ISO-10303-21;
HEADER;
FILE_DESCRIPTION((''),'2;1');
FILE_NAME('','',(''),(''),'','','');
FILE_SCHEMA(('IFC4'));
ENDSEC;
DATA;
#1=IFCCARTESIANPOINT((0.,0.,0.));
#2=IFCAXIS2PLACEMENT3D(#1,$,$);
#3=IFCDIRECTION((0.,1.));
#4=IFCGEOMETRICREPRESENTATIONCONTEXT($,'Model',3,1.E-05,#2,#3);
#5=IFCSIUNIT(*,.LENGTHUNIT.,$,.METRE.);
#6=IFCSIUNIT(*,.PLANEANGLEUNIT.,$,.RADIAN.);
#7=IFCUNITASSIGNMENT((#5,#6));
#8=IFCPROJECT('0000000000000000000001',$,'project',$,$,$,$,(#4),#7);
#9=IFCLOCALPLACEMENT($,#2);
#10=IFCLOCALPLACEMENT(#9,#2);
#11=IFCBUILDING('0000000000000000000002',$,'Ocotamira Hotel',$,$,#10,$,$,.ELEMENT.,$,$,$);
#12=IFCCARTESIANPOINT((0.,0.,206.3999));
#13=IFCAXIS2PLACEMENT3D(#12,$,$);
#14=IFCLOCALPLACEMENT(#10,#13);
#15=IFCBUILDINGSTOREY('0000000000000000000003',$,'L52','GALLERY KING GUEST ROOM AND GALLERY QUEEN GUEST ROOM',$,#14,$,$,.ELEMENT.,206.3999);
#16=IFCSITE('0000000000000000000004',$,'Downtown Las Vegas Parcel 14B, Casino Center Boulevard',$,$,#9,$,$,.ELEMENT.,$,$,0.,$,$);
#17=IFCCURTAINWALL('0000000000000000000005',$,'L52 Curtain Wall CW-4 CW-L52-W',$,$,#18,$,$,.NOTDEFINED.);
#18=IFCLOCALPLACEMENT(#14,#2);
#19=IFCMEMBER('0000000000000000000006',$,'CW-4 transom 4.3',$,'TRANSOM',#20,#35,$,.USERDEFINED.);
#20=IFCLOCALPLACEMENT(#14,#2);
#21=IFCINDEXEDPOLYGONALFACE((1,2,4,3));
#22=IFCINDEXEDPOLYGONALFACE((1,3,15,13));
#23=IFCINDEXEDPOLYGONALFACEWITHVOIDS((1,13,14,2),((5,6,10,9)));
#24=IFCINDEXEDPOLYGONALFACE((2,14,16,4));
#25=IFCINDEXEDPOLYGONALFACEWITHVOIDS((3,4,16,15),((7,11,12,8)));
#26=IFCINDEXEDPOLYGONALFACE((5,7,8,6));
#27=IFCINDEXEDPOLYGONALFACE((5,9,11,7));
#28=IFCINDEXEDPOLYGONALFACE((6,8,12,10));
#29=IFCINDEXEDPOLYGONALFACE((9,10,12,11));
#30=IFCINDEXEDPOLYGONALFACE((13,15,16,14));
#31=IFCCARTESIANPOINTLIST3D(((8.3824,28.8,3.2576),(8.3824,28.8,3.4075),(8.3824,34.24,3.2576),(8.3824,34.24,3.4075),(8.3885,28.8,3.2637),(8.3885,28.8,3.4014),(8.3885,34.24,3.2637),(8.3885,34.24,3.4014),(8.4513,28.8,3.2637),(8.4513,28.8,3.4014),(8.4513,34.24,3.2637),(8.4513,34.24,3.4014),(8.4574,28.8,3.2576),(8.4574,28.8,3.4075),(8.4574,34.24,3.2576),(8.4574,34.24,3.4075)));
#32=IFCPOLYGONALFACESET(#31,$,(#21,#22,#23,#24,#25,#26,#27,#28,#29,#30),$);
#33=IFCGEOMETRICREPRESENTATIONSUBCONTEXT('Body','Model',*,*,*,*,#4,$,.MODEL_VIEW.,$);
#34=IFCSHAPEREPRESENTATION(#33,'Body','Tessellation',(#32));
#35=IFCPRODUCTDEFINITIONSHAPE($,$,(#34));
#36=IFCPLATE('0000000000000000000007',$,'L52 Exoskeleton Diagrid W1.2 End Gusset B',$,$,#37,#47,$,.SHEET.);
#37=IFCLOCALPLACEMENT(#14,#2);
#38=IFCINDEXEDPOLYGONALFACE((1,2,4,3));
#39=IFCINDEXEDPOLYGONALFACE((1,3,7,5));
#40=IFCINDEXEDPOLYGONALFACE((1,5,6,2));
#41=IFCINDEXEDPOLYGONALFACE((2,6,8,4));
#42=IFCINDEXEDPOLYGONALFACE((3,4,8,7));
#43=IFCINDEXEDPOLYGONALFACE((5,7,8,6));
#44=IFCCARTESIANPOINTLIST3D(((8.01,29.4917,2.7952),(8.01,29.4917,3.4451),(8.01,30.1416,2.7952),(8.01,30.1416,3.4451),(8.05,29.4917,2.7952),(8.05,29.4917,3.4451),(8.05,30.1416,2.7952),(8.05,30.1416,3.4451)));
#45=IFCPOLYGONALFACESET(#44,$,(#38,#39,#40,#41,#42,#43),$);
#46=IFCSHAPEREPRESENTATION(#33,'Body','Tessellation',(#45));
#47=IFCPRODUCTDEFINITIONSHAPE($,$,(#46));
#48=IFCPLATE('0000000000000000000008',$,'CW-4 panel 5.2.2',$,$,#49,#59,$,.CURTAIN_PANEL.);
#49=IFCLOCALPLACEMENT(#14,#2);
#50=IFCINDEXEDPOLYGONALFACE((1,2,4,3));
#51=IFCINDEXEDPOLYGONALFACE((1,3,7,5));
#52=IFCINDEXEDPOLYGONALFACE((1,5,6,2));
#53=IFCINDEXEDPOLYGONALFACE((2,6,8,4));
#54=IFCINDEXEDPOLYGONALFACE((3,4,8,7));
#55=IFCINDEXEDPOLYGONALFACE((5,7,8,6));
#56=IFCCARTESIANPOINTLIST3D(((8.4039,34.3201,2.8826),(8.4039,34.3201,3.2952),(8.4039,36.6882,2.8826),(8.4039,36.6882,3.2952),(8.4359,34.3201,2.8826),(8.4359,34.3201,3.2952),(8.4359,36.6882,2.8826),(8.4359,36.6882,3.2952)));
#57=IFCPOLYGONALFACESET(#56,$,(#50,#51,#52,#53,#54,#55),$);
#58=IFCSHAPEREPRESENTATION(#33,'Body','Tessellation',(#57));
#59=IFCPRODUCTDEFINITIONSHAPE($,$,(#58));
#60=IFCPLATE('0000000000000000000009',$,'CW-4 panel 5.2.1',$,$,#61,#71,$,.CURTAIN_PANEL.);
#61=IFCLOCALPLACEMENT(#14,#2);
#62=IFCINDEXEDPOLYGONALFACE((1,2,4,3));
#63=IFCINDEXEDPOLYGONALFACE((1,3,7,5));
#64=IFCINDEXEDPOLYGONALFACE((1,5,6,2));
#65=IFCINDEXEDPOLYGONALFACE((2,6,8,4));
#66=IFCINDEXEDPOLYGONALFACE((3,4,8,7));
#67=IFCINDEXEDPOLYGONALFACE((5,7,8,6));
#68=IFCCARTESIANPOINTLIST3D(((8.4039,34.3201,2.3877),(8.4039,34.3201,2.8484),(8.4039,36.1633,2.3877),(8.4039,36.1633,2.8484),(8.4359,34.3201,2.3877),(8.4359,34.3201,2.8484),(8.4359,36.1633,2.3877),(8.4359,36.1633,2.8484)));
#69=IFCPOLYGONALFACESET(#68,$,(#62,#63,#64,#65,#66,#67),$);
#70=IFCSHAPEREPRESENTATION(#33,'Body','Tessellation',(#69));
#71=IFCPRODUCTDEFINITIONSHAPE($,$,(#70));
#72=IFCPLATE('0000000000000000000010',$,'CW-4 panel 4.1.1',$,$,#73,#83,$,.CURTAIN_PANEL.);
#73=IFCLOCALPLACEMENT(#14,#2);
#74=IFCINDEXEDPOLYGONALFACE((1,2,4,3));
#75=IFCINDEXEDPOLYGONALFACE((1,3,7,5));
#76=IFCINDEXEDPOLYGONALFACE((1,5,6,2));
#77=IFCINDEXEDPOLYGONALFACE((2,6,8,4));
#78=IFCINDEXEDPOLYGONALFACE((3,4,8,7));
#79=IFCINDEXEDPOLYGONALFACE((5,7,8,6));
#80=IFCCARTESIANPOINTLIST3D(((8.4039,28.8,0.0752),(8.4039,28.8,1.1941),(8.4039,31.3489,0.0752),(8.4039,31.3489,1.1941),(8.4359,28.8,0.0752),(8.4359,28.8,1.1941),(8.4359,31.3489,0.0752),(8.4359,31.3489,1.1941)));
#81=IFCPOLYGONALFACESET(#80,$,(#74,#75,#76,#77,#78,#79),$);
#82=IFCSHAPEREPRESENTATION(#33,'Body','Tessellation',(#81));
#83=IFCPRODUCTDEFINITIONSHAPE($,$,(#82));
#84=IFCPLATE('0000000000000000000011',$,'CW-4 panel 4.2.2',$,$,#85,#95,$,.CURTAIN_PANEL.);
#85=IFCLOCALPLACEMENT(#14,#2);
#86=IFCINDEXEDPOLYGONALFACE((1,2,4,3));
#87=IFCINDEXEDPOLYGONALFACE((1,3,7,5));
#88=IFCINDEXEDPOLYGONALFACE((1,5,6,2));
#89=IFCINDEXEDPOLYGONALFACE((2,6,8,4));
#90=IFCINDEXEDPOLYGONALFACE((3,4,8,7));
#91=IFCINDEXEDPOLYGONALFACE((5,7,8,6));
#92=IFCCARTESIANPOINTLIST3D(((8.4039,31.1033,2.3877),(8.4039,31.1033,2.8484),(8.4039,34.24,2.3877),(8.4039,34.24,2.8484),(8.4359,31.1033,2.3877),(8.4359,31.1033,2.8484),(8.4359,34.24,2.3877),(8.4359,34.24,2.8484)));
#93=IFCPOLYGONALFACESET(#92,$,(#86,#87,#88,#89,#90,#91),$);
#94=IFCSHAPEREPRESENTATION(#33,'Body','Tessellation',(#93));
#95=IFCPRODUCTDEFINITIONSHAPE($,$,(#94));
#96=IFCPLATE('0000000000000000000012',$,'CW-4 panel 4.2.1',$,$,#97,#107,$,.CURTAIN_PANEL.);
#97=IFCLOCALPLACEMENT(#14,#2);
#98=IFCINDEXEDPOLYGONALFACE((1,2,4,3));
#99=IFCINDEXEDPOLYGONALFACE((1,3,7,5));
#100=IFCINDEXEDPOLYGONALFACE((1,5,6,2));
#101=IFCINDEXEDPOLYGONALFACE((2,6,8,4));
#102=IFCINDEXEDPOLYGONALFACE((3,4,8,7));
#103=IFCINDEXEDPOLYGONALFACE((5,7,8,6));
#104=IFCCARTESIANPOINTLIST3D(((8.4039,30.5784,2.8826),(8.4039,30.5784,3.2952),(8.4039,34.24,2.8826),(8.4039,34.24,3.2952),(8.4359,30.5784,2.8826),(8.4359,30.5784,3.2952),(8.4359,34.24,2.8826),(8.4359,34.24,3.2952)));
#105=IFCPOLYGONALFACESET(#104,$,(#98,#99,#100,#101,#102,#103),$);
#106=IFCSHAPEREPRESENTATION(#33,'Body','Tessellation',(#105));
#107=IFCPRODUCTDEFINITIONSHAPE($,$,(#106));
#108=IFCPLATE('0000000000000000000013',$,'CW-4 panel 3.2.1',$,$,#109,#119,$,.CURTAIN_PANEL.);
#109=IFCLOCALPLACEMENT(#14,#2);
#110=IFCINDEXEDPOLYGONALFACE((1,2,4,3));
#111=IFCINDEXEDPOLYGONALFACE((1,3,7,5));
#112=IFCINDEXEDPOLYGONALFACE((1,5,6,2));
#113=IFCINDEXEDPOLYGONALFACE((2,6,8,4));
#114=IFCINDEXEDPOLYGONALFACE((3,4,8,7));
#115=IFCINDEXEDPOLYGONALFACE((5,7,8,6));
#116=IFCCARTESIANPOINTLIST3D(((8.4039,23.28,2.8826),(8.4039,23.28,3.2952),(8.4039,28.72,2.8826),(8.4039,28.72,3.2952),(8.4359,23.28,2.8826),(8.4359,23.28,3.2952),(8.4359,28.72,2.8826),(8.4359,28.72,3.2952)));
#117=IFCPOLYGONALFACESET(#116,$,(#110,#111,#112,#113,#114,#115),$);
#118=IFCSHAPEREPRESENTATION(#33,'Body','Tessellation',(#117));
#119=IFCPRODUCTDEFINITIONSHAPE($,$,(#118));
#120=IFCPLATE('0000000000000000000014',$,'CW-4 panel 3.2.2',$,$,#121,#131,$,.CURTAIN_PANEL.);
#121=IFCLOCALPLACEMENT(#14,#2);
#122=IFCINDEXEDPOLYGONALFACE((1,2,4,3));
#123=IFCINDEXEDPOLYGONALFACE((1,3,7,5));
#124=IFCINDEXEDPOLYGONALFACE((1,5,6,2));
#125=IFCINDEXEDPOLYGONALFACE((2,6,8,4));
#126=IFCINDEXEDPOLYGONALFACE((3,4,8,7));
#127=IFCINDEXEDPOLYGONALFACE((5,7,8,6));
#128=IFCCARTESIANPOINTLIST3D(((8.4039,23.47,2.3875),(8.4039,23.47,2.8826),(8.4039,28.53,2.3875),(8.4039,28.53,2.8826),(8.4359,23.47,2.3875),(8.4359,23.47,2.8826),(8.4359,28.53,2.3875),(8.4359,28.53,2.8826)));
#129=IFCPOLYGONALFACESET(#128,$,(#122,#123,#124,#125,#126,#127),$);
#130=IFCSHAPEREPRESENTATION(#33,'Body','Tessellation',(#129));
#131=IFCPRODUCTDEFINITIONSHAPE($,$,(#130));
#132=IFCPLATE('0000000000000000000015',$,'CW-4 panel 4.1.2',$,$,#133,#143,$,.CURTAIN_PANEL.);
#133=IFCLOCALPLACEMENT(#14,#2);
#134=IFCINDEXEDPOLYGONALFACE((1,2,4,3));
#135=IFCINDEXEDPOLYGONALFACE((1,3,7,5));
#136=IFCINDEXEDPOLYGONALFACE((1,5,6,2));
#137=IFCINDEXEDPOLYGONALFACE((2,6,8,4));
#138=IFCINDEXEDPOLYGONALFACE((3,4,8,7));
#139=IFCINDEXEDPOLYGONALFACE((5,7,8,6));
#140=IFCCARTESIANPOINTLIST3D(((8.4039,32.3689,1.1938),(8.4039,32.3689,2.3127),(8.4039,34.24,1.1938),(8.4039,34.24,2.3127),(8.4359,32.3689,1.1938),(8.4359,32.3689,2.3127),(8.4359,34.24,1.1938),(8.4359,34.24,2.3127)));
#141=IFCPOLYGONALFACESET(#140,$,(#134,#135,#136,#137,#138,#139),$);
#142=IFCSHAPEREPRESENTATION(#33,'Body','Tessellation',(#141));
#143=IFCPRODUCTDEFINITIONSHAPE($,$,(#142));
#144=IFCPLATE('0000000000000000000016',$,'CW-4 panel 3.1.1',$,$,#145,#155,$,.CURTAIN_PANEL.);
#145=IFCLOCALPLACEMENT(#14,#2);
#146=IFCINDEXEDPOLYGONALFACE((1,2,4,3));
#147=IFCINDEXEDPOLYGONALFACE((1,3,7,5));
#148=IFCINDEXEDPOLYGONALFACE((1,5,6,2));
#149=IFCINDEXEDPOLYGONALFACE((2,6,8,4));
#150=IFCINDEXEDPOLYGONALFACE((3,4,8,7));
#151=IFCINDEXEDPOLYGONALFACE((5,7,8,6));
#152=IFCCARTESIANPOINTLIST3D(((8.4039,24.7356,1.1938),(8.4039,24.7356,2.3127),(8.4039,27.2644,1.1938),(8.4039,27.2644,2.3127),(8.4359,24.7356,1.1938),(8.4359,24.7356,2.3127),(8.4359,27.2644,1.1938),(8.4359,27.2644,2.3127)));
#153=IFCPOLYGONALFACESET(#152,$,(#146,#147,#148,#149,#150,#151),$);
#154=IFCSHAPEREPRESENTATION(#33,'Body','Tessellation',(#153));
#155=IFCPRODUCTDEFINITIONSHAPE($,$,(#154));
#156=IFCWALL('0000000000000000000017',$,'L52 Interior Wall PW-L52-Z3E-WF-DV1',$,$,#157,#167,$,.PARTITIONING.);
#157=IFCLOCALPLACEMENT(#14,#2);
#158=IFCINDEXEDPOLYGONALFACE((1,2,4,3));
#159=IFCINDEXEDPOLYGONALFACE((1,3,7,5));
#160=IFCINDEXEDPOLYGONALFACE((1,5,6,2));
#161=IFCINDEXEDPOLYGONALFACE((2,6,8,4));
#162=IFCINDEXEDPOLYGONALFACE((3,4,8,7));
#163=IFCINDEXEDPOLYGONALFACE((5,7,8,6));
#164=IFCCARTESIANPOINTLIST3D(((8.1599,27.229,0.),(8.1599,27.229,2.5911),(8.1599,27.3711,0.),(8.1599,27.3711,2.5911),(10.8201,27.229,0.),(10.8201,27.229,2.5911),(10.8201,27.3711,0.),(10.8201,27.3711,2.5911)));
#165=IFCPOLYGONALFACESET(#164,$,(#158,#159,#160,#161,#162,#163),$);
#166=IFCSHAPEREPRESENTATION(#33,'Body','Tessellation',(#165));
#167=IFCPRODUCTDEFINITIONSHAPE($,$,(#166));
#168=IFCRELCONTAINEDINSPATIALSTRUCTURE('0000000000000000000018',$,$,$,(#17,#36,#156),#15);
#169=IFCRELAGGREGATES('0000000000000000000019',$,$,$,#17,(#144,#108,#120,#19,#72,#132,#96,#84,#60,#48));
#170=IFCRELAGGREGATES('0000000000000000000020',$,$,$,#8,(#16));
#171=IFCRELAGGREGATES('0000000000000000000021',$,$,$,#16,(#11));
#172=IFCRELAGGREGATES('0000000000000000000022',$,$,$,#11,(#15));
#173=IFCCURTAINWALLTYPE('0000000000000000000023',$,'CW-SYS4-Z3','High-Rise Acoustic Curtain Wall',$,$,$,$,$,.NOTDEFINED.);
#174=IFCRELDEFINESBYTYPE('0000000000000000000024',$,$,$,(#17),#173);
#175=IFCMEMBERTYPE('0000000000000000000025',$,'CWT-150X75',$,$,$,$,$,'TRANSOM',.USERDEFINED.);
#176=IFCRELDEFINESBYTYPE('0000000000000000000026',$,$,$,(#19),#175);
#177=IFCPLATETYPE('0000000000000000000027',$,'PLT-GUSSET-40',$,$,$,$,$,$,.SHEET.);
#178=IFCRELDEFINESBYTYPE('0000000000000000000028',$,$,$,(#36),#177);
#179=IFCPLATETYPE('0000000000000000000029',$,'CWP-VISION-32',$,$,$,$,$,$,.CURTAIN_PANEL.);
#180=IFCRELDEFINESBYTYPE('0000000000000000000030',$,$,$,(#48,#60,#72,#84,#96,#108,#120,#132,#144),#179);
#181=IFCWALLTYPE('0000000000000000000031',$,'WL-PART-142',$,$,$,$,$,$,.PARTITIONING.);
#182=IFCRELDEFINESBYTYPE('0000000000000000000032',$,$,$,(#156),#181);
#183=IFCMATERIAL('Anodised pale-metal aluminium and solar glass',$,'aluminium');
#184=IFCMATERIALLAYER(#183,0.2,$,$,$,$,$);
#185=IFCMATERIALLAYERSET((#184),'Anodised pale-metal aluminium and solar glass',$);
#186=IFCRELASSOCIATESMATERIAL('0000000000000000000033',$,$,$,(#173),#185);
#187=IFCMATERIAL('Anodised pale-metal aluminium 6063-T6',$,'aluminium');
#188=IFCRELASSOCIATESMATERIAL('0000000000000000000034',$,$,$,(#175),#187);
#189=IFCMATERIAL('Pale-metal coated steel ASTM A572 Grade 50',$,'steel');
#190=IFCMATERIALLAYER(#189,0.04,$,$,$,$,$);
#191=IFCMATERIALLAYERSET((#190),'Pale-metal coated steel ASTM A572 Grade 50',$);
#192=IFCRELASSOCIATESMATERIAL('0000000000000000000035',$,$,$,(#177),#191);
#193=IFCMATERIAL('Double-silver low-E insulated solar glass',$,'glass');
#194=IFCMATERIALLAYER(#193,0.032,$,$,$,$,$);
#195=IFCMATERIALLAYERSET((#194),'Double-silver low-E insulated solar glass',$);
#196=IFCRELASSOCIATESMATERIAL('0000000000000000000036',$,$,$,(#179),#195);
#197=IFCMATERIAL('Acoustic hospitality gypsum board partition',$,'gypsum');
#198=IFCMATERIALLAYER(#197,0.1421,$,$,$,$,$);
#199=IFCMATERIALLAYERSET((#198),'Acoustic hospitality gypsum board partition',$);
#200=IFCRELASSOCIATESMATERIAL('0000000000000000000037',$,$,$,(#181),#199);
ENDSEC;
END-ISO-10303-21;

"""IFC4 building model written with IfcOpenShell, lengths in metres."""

from ifc_helpers import new_model, si_unit, direction, frame, frame_2d, origin, origin_2d, place, context, subcontext, project, spatial, rectangle, hollow_rectangle, extrude, source, transform, mapped, material, layer, layer_set, material_profile, profile_set, type_object, element, aggregate, save


model = new_model("IFC4")

# Units and contexts
model_context = context("Model", 3, precision=1e-05, world=origin(), true_north=direction((0.0, 1.0)))
body_context = subcontext(model_context, "Body", "Model", "MODEL_VIEW")
ifc_project = project(units=[si_unit("LENGTHUNIT", "METRE"), si_unit("PLANEANGLEUNIT", "RADIAN")], contexts=[model_context])

# Site, building, storey
site_placement = place(None, origin())
site = spatial("IfcSite", under=ifc_project, at=site_placement, Name="Downtown Las Vegas Parcel 14B, Casino Center Boulevard", CompositionType="ELEMENT", RefElevation=0.0)
building_placement = place(site_placement, origin())
building = spatial("IfcBuilding", under=site, at=building_placement, Name="Ocotamira Hotel", CompositionType="ELEMENT")
storey_placement = place(building_placement, frame((0.0, 0.0, 206.3999)))
storey = spatial("IfcBuildingStorey", under=building, at=storey_placement, Name="L52", Description="GALLERY KING GUEST ROOM AND GALLERY QUEEN GUEST ROOM", CompositionType="ELEMENT", Elevation=206.3999)

# Curtain wall, member
ifc_material_1 = material(Name="Anodised pale-metal aluminium and solar glass", Category="aluminium")
ifc_layer_1 = layer(ifc_material_1, 0.2)
ifc_layer_set_1 = layer_set([ifc_layer_1], Name="Anodised pale-metal aluminium and solar glass")
curtain_wall_type = type_object("IfcCurtainWallType", Name="CW-SYS4-Z3", Description="High-Rise Acoustic Curtain Wall", PredefinedType="NOTDEFINED", material=ifc_layer_set_1)
curtain_wall_placement = place(storey_placement, origin())
curtain_wall = element("IfcCurtainWall", 1, at=curtain_wall_placement, inside=storey, type_object=curtain_wall_type, Name="L52 Curtain Wall CW-4 CW-L52-W", PredefinedType="NOTDEFINED")
ifc_material_2 = material(Name="Anodised pale-metal aluminium 6063-T6", Category="aluminium")
ifc_material_profile_1 = material_profile(ifc_material_2, hollow_rectangle(XDim=0.075, YDim=0.1499, WallThickness=0.0061, at=origin_2d()), Name="HSS150X75X6")
ifc_profile_set_1 = profile_set([ifc_material_profile_1], Name="Anodised pale-metal aluminium 6063-T6")
member_type_1 = type_object("IfcMemberType", Name="CWT-150X75", ElementType="TRANSOM", PredefinedType="USERDEFINED", material=ifc_profile_set_1)
shared_shape_1 = source(origin(), body_context, "Body", "SweptSolid", [
    extrude(hollow_rectangle(XDim=0.075, YDim=0.1499, WallThickness=0.0061, at=origin_2d()), origin(), (0.0, 0.0, 1.0), 5.4399),
])
member_1_placement = place(storey_placement, frame((8.4199, 28.8, 3.3325), z_axis=(0.0, 1.0, 0.0), x_axis=(-1.0, 0.0, 0.0)))
member_1 = element("IfcMember", 2, at=member_1_placement, type_object=member_type_1, Name="CW-4 transom 4.3", ObjectType="TRANSOM", PredefinedType="USERDEFINED", context=body_context, shape_type="MappedRepresentation", body=[
    mapped(shared_shape_1, transform((0.0, 0.0, 0.0), scale=1.0)),
])

# Plates
ifc_material_3 = material(Name="Pale-metal coated steel ASTM A572 Grade 50", Category="steel")
ifc_layer_2 = layer(ifc_material_3, 0.04)
ifc_layer_set_2 = layer_set([ifc_layer_2], Name="Pale-metal coated steel ASTM A572 Grade 50")
plate_type_1 = type_object("IfcPlateType", Name="PLT-GUSSET-40", PredefinedType="SHEET", material=ifc_layer_set_2)
shared_shape_2 = source(origin(), body_context, "Body", "SweptSolid", [
    extrude(rectangle(XDim=0.04, YDim=0.6499, at=origin_2d()), origin(), (0.0, 0.0, 1.0), 0.6499),
])
plate_1_placement = place(storey_placement, frame((8.03, 29.8167, 2.7952), z_axis=(0.0, 0.0, 1.0), x_axis=(1.0, 0.0, 0.0)))
element("IfcPlate", 3, at=plate_1_placement, inside=storey, type_object=plate_type_1, Name="L52 Exoskeleton Diagrid W1.2 End Gusset B", PredefinedType="SHEET", context=body_context, shape_type="MappedRepresentation", body=[
    mapped(shared_shape_2, transform((0.0, 0.0, 0.0), scale=1.0)),
])
ifc_material_4 = material(Name="Double-silver low-E insulated solar glass", Category="glass")
ifc_layer_3 = layer(ifc_material_4, 0.032)
ifc_layer_set_3 = layer_set([ifc_layer_3], Name="Double-silver low-E insulated solar glass")
plate_type_2 = type_object("IfcPlateType", Name="CWP-VISION-32", PredefinedType="CURTAIN_PANEL", material=ifc_layer_set_3)
shared_shape_3 = source(origin(), body_context, "Body", "SweptSolid", [
    extrude(rectangle(XDim=2.3682, YDim=0.032, at=origin_2d()), origin(), (0.0, 0.0, 1.0), 0.4126),
])
plate_2_placement = place(storey_placement, frame((8.4199, 35.5042, 2.8826), z_axis=(0.0, 0.0, 1.0), x_axis=(0.0, 1.0, 0.0)))
plate_2 = element("IfcPlate", 4, at=plate_2_placement, type_object=plate_type_2, Name="CW-4 panel 5.2.2", PredefinedType="CURTAIN_PANEL", context=body_context, shape_type="MappedRepresentation", body=[
    mapped(shared_shape_3, transform((0.0, 0.0, 0.0), scale=1.0)),
])
shared_shape_4 = source(origin(), body_context, "Body", "SweptSolid", [
    extrude(rectangle(XDim=1.8433, YDim=0.032, at=origin_2d()), origin(), (0.0, 0.0, 1.0), 0.4607),
])
plate_3_placement = place(storey_placement, frame((8.4199, 35.2417, 2.3877), z_axis=(0.0, 0.0, 1.0), x_axis=(0.0, 1.0, 0.0)))
plate_3 = element("IfcPlate", 5, at=plate_3_placement, type_object=plate_type_2, Name="CW-4 panel 5.2.1", PredefinedType="CURTAIN_PANEL", context=body_context, shape_type="MappedRepresentation", body=[
    mapped(shared_shape_4, transform((0.0, 0.0, 0.0), scale=1.0)),
])
shared_shape_5 = source(origin(), body_context, "Body", "SweptSolid", [
    extrude(rectangle(XDim=2.5488, YDim=0.032, at=origin_2d()), origin(), (0.0, 0.0, 1.0), 1.1189),
])
plate_4_placement = place(storey_placement, frame((8.4199, 30.0745, 0.0752), z_axis=(0.0, 0.0, 1.0), x_axis=(0.0, 1.0, 0.0)))
plate_4 = element("IfcPlate", 6, at=plate_4_placement, type_object=plate_type_2, Name="CW-4 panel 4.1.1", PredefinedType="CURTAIN_PANEL", context=body_context, shape_type="MappedRepresentation", body=[
    mapped(shared_shape_5, transform((0.0, 0.0, 0.0), scale=1.0)),
])
shared_shape_6 = source(origin(), body_context, "Body", "SweptSolid", [
    extrude(rectangle(XDim=3.1367, YDim=0.032, at=origin_2d()), origin(), (0.0, 0.0, 1.0), 0.4607),
])
plate_5_placement = place(storey_placement, frame((8.4199, 32.6716, 2.3877), z_axis=(0.0, 0.0, 1.0), x_axis=(0.0, 1.0, 0.0)))
plate_5 = element("IfcPlate", 7, at=plate_5_placement, type_object=plate_type_2, Name="CW-4 panel 4.2.2", PredefinedType="CURTAIN_PANEL", context=body_context, shape_type="MappedRepresentation", body=[
    mapped(shared_shape_6, transform((0.0, 0.0, 0.0), scale=1.0)),
])
shared_shape_7 = source(origin(), body_context, "Body", "SweptSolid", [
    extrude(rectangle(XDim=3.6616, YDim=0.032, at=origin_2d()), origin(), (0.0, 0.0, 1.0), 0.4126),
])
plate_6_placement = place(storey_placement, frame((8.4199, 32.4092, 2.8826), z_axis=(0.0, 0.0, 1.0), x_axis=(0.0, 1.0, 0.0)))
plate_6 = element("IfcPlate", 8, at=plate_6_placement, type_object=plate_type_2, Name="CW-4 panel 4.2.1", PredefinedType="CURTAIN_PANEL", context=body_context, shape_type="MappedRepresentation", body=[
    mapped(shared_shape_7, transform((0.0, 0.0, 0.0), scale=1.0)),
])
shared_shape_8 = source(origin(), body_context, "Body", "SweptSolid", [
    extrude(rectangle(XDim=5.4399, YDim=0.032, at=origin_2d()), origin(), (0.0, 0.0, 1.0), 0.4126),
])
plate_7_placement = place(storey_placement, frame((8.4199, 26.0, 2.8826), z_axis=(0.0, 0.0, 1.0), x_axis=(0.0, 1.0, 0.0)))
plate_7 = element("IfcPlate", 9, at=plate_7_placement, type_object=plate_type_2, Name="CW-4 panel 3.2.1", PredefinedType="CURTAIN_PANEL", context=body_context, shape_type="MappedRepresentation", body=[
    mapped(shared_shape_8, transform((0.0, 0.0, 0.0), scale=1.0)),
])
shared_shape_9 = source(origin(), body_context, "Body", "SweptSolid", [
    extrude(rectangle(XDim=5.0601, YDim=0.032, at=origin_2d()), origin(), (0.0, 0.0, 1.0), 0.4951),
])
plate_8_placement = place(storey_placement, frame((8.4199, 26.0, 2.3875), z_axis=(0.0, 0.0, 1.0), x_axis=(0.0, 1.0, 0.0)))
plate_8 = element("IfcPlate", 10, at=plate_8_placement, type_object=plate_type_2, Name="CW-4 panel 3.2.2", PredefinedType="CURTAIN_PANEL", context=body_context, shape_type="MappedRepresentation", body=[
    mapped(shared_shape_9, transform((0.0, 0.0, 0.0), scale=1.0)),
])
shared_shape_10 = source(origin(), body_context, "Body", "SweptSolid", [
    extrude(rectangle(XDim=1.8711, YDim=0.032, at=origin_2d()), origin(), (0.0, 0.0, 1.0), 1.1189),
])
plate_9_placement = place(storey_placement, frame((8.4199, 33.3044, 1.1938), z_axis=(0.0, 0.0, 1.0), x_axis=(0.0, 1.0, 0.0)))
plate_9 = element("IfcPlate", 11, at=plate_9_placement, type_object=plate_type_2, Name="CW-4 panel 4.1.2", PredefinedType="CURTAIN_PANEL", context=body_context, shape_type="MappedRepresentation", body=[
    mapped(shared_shape_10, transform((0.0, 0.0, 0.0), scale=1.0)),
])
shared_shape_11 = source(origin(), body_context, "Body", "SweptSolid", [
    extrude(rectangle(XDim=2.5288, YDim=0.032, at=origin_2d()), origin(), (0.0, 0.0, 1.0), 1.1189),
])
plate_10_placement = place(storey_placement, frame((8.4199, 26.0, 1.1938), z_axis=(0.0, 0.0, 1.0), x_axis=(0.0, 1.0, 0.0)))
plate_10 = element("IfcPlate", 12, at=plate_10_placement, type_object=plate_type_2, Name="CW-4 panel 3.1.1", PredefinedType="CURTAIN_PANEL", context=body_context, shape_type="MappedRepresentation", body=[
    mapped(shared_shape_11, transform((0.0, 0.0, 0.0), scale=1.0)),
])
aggregate(curtain_wall, [plate_10, plate_7, plate_8, member_1, plate_4, plate_9, plate_6, plate_5, plate_3, plate_2])

# Wall
ifc_material_5 = material(Name="Acoustic hospitality gypsum board partition", Category="gypsum")
ifc_layer_4 = layer(ifc_material_5, 0.1421)
ifc_layer_set_4 = layer_set([ifc_layer_4], Name="Acoustic hospitality gypsum board partition")
wall_type_1 = type_object("IfcWallType", Name="WL-PART-142", PredefinedType="PARTITIONING", material=ifc_layer_set_4)
wall_1_placement = place(storey_placement, frame((8.1599, 27.3, 0.0), z_axis=(0.0, 0.0, 1.0), x_axis=(1.0, 0.0, 0.0)))
element("IfcWall", 13, at=wall_1_placement, inside=storey, type_object=wall_type_1, Name="L52 Interior Wall PW-L52-Z3E-WF-DV1", PredefinedType="PARTITIONING", context=body_context, shape_type="SweptSolid", body=[
    extrude(rectangle(XDim=2.6602, YDim=0.1421, at=frame_2d((1.3301, 0.0))), origin(), (0.0, 0.0, 1.0), 2.5911),
])

save(model, "model.ifc")
